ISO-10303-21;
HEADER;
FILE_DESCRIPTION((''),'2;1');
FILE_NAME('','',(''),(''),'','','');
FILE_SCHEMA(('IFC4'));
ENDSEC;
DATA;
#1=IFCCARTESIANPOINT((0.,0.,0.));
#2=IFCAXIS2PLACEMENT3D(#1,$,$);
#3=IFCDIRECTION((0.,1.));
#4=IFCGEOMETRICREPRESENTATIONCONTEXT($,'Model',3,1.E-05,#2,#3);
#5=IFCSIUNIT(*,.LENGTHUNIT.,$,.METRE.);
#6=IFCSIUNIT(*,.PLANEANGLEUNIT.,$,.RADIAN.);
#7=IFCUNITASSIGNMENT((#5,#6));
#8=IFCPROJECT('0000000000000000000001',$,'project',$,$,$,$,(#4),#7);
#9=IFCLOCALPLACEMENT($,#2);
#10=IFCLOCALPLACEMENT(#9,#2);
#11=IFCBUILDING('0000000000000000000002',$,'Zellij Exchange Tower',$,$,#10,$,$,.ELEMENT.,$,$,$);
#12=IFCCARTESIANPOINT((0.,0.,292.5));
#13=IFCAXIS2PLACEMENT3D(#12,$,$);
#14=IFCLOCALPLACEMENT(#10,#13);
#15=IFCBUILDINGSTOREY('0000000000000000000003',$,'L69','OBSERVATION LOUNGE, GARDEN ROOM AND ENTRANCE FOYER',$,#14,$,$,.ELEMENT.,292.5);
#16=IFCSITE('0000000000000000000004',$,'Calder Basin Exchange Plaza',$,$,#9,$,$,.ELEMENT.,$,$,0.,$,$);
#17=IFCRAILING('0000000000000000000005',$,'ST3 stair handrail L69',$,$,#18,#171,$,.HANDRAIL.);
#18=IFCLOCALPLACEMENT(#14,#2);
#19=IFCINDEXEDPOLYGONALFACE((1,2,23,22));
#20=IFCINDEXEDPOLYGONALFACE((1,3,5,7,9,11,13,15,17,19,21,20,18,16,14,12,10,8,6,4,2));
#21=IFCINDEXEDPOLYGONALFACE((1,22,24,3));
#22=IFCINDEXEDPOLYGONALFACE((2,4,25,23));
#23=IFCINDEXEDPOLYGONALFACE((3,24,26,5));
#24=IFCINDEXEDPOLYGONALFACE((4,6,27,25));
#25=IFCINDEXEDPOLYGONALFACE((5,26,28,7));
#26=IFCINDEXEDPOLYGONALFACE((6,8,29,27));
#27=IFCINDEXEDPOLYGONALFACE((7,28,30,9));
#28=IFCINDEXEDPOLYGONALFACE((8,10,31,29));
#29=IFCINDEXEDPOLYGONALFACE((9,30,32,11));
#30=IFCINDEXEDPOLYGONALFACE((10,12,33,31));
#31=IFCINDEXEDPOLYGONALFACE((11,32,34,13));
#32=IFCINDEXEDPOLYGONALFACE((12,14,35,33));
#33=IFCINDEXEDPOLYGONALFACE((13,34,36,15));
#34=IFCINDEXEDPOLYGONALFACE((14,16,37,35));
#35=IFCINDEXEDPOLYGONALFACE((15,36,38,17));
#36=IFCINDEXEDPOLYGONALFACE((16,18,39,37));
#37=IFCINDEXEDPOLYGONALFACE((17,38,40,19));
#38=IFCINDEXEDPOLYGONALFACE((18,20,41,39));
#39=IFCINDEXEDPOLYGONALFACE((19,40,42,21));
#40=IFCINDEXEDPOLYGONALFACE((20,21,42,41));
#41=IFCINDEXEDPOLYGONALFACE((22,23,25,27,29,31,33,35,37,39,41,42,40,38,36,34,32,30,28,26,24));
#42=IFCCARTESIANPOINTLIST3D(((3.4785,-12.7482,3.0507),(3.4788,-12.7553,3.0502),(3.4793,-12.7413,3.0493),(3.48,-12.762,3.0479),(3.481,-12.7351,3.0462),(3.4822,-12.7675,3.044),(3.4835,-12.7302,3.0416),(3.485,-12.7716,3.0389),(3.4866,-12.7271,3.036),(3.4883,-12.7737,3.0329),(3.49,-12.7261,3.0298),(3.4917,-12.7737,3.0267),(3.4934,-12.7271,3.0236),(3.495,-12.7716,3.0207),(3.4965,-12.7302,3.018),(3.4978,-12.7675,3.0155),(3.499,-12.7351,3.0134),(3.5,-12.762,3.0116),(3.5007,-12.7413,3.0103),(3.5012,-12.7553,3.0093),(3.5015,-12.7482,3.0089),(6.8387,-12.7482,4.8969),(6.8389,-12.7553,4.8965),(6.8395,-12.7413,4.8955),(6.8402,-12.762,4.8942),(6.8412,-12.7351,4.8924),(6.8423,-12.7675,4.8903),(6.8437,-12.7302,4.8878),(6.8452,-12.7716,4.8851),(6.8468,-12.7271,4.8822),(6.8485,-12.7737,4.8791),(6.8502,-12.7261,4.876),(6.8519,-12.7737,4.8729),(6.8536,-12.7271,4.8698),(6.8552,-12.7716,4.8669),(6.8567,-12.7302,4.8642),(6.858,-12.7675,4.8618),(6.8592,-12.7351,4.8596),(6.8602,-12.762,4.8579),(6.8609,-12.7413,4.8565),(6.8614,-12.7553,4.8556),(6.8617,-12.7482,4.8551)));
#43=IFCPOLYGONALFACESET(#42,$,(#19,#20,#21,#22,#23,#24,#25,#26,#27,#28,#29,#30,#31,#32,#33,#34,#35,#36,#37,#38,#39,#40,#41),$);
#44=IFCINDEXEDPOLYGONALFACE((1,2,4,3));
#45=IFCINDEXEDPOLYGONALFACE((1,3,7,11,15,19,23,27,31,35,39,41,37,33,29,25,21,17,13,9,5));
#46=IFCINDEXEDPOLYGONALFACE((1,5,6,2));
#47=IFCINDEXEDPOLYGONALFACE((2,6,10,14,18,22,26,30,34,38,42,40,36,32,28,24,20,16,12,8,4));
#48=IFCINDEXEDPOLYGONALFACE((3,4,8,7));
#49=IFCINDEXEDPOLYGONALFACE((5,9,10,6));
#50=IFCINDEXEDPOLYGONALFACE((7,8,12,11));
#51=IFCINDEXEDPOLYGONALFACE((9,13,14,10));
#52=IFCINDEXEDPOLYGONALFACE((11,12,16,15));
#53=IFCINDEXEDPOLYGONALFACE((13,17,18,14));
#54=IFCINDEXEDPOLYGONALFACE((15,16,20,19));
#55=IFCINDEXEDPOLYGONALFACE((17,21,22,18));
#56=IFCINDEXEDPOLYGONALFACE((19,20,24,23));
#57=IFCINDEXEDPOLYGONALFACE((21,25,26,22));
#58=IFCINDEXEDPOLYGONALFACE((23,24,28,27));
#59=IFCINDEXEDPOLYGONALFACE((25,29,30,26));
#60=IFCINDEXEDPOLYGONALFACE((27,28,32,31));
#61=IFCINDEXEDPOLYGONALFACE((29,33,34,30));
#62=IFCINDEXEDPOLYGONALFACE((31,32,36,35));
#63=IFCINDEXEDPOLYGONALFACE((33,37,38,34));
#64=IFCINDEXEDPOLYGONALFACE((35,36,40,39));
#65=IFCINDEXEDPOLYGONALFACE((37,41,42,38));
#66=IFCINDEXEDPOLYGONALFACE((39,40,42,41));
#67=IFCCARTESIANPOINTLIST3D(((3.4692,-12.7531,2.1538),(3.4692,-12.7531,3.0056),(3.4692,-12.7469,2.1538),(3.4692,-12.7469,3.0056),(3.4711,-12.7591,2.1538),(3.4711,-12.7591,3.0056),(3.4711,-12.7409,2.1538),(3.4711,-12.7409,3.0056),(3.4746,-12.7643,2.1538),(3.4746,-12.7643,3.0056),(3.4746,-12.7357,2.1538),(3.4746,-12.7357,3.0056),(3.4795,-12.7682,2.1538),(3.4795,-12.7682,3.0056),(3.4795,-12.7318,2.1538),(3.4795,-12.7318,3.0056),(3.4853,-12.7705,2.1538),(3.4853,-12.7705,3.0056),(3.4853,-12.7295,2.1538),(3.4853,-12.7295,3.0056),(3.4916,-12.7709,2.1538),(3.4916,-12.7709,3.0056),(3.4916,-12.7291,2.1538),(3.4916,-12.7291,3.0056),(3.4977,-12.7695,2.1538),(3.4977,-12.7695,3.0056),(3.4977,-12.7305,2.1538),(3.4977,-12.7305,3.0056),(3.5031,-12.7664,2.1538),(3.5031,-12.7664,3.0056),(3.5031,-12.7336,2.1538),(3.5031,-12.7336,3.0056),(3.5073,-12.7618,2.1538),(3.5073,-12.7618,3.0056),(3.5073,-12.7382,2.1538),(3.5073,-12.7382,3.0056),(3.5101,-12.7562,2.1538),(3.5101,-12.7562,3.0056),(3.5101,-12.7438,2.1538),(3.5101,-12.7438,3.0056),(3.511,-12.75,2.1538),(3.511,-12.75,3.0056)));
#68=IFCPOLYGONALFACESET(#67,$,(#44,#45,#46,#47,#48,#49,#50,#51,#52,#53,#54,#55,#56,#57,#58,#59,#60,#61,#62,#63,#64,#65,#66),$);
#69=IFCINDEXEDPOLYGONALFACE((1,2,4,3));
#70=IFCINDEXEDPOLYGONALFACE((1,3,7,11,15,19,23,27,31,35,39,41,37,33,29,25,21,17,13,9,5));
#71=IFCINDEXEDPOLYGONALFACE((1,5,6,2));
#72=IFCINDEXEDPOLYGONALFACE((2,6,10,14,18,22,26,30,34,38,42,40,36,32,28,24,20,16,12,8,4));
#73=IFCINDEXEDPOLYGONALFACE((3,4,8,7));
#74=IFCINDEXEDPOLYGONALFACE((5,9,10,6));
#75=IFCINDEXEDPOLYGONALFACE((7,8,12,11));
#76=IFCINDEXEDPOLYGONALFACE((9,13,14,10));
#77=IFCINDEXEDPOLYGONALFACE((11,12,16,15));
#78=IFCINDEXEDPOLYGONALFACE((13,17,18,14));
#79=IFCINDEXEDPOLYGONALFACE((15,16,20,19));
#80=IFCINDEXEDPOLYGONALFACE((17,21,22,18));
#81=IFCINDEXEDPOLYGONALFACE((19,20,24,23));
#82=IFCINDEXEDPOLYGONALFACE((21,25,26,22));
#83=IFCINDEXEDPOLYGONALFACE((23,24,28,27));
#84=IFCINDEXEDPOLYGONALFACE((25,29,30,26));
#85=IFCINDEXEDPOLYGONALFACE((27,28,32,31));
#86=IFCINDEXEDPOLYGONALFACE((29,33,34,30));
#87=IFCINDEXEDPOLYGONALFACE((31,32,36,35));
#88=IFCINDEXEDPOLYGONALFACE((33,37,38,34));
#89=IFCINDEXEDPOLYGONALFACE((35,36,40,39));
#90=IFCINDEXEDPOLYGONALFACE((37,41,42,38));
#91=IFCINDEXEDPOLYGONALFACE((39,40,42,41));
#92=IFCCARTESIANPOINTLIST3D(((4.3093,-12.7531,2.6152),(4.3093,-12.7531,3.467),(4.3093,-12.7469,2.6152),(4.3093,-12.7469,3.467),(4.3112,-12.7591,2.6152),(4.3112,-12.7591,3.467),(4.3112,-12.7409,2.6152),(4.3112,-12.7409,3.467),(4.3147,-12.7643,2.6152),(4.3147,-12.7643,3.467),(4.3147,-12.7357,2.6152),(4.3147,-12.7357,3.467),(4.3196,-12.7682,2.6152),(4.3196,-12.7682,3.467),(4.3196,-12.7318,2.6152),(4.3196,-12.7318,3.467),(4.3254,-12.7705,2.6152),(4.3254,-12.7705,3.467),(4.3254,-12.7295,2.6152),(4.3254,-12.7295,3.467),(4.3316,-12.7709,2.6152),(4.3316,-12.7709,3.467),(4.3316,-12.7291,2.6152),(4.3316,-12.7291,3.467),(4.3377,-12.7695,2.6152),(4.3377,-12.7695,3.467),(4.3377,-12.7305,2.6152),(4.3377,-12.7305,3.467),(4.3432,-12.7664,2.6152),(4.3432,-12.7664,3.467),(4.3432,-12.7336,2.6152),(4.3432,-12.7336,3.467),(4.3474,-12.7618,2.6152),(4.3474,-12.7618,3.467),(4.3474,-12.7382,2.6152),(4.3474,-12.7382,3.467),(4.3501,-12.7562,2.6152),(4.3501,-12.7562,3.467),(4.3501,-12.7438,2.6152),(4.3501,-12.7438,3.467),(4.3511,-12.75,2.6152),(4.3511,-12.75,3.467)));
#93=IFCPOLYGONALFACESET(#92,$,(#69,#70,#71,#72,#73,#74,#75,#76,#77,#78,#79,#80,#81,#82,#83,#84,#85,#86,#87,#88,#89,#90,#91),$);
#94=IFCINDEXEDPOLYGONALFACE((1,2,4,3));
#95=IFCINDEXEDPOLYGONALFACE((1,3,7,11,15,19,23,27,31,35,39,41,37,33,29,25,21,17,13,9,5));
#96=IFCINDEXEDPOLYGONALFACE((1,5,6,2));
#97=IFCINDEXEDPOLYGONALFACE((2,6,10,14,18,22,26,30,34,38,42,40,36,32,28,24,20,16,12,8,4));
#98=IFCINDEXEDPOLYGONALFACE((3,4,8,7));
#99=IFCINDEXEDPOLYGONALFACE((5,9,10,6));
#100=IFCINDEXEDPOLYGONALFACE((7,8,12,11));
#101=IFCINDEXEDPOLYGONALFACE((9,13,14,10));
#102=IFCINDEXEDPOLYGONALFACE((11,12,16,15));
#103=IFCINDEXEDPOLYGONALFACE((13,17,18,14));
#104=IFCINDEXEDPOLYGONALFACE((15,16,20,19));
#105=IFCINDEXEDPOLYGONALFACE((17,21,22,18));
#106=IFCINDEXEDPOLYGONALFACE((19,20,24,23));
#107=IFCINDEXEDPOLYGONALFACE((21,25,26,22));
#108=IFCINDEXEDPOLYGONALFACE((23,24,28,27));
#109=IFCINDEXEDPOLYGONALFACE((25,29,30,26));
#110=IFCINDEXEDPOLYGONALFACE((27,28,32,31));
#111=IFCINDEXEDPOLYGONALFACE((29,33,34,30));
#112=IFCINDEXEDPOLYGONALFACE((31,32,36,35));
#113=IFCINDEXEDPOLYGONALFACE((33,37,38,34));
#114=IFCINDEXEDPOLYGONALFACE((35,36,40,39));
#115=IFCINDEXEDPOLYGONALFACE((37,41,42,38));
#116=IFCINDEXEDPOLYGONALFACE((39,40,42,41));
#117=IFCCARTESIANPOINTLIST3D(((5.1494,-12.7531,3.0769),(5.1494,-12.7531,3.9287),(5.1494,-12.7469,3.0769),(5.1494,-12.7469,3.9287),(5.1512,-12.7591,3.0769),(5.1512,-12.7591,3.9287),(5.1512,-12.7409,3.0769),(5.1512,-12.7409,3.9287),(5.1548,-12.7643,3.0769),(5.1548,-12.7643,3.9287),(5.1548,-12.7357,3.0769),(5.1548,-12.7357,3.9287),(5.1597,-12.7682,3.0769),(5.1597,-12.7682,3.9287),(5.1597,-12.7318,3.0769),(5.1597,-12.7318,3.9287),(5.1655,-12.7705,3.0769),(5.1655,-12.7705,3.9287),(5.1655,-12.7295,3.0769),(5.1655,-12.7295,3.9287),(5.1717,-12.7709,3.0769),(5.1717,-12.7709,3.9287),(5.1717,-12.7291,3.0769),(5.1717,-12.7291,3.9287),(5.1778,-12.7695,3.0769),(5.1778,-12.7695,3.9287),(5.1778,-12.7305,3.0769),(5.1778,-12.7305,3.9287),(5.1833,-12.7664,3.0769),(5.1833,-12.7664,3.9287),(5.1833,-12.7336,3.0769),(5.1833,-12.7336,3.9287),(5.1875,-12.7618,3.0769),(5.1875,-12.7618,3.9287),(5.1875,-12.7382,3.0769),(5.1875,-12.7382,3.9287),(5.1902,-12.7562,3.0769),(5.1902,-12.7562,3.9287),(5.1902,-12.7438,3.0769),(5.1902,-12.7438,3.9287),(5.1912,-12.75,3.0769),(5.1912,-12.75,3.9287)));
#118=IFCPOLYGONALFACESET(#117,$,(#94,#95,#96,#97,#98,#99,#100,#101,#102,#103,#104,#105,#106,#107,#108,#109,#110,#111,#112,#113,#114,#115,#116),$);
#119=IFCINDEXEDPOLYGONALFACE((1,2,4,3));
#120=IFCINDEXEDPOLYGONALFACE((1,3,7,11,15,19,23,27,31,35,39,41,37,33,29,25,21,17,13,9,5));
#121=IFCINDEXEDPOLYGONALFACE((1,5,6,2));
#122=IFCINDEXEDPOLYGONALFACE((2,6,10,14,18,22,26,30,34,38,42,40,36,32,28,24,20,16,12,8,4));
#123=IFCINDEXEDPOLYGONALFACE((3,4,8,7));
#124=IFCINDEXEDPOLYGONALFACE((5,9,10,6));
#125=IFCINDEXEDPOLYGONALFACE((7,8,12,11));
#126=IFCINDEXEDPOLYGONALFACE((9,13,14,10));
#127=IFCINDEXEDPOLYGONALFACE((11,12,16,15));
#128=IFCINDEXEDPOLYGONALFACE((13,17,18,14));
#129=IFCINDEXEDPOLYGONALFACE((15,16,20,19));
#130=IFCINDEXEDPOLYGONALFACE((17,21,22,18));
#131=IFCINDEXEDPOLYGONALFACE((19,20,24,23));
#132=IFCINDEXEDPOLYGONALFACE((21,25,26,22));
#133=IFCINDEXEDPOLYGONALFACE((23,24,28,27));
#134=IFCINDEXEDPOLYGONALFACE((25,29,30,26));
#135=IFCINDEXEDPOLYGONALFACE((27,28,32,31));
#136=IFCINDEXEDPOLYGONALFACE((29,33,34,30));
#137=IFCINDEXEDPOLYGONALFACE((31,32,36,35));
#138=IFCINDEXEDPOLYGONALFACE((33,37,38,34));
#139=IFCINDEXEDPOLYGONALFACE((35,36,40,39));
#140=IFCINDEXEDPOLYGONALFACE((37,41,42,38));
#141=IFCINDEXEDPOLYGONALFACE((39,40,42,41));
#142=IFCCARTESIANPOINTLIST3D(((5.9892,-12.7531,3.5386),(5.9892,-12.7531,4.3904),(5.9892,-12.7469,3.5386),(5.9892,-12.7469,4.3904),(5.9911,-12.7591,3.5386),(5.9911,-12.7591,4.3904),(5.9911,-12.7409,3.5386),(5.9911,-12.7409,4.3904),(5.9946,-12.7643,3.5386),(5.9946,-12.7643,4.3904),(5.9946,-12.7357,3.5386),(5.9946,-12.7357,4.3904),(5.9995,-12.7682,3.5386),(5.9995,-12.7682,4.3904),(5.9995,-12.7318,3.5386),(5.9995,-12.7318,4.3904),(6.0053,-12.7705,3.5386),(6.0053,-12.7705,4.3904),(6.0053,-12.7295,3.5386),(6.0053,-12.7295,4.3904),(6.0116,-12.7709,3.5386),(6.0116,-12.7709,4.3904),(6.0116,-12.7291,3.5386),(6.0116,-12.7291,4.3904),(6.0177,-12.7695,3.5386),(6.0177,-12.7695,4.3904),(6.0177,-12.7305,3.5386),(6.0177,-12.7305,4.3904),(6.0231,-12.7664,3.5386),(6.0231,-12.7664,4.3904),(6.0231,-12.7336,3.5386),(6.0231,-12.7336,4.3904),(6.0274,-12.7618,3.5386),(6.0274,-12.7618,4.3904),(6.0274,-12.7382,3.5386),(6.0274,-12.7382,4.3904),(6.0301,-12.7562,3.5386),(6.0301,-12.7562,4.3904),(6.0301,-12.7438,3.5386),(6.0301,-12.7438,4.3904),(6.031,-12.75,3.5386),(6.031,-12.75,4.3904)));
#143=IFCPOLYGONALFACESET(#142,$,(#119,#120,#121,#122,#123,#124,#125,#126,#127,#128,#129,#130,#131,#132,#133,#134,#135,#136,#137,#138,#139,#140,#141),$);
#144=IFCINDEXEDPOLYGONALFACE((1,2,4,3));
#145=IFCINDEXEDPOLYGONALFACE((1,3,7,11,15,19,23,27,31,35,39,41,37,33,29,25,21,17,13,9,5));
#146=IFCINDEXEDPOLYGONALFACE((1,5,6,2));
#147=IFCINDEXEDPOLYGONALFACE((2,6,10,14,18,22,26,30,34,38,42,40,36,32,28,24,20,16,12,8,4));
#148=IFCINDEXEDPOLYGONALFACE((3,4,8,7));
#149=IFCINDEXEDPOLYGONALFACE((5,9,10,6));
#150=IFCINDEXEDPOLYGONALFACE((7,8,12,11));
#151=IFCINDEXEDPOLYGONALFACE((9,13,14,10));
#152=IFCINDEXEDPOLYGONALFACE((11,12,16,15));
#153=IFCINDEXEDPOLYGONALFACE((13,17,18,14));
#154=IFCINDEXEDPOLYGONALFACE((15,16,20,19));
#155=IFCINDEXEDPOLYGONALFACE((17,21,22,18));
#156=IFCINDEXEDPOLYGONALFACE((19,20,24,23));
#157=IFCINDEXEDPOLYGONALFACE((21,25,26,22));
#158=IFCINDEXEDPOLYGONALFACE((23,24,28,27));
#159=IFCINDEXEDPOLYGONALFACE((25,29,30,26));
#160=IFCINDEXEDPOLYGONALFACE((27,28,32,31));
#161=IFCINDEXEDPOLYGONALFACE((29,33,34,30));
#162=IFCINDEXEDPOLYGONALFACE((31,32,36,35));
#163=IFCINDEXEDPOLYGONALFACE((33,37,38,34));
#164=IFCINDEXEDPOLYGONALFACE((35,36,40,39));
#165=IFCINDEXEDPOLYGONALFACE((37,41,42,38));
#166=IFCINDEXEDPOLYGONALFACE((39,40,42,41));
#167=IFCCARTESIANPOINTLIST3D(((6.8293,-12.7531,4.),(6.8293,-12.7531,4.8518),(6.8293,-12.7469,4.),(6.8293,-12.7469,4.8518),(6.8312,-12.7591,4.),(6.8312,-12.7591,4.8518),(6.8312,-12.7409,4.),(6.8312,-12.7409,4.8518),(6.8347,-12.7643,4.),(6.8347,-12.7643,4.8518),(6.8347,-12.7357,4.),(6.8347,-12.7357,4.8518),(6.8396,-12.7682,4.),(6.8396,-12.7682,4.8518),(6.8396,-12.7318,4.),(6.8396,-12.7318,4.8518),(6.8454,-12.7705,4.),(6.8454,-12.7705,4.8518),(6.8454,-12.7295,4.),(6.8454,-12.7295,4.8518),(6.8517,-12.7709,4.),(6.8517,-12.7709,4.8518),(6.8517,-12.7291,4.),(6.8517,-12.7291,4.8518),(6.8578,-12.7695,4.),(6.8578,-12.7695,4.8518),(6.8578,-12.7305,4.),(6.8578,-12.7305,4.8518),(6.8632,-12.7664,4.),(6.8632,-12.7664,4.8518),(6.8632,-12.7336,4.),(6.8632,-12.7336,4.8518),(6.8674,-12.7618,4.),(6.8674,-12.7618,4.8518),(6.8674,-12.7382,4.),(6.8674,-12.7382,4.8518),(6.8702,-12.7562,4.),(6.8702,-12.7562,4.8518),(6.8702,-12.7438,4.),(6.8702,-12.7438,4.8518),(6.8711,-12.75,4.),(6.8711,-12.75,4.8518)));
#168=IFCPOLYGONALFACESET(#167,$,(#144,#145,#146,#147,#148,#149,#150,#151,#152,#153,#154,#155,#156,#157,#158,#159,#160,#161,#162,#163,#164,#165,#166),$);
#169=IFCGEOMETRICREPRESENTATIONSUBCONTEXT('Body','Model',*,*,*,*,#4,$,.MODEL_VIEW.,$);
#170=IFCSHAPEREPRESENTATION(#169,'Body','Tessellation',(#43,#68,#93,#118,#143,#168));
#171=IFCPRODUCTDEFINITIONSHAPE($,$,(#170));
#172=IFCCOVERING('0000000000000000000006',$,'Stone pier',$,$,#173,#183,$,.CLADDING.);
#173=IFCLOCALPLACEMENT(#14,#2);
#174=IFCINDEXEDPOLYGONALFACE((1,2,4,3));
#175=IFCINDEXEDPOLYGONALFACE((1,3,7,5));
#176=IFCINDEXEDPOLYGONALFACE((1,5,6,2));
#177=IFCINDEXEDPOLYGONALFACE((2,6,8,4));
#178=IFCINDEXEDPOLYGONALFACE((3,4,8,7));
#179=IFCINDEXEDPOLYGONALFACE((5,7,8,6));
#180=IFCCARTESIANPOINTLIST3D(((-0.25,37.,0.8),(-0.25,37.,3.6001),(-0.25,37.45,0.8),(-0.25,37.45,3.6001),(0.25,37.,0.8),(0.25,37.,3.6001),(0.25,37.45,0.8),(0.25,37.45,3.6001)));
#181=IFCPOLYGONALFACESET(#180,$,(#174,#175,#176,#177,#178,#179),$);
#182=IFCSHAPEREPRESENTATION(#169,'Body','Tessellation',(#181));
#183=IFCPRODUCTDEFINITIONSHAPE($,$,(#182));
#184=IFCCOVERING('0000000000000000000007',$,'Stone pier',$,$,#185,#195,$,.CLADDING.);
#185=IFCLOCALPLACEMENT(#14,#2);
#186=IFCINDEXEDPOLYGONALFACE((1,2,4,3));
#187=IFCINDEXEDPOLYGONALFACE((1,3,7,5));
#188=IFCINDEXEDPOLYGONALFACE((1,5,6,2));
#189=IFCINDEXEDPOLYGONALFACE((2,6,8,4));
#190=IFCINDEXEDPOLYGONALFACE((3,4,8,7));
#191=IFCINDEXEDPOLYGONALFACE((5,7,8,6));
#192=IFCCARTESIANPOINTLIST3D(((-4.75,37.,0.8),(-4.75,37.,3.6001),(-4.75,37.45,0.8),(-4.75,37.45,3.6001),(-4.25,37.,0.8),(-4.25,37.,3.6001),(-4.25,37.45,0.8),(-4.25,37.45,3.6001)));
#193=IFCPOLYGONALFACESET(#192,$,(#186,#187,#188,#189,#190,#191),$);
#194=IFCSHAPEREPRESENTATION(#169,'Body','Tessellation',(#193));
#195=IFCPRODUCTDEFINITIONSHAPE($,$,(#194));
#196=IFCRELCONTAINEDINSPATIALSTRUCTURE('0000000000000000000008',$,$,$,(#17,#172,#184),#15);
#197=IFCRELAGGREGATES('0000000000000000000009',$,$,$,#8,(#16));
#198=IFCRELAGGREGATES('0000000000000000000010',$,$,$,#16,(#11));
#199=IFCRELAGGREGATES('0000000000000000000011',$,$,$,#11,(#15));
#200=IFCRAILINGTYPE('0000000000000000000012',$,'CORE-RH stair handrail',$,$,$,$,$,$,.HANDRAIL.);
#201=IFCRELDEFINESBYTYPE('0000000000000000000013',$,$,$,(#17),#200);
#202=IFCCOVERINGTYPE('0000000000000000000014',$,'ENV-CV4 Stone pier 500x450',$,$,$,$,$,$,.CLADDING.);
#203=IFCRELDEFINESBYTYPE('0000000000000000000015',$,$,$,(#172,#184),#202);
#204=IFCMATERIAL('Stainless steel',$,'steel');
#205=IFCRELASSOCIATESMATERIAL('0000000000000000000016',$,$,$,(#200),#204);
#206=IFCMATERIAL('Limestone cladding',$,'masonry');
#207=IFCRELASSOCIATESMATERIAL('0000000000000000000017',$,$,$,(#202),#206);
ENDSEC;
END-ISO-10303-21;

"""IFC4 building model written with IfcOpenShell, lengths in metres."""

from ifc_helpers import new_model, si_unit, direction, frame, origin, origin_2d, place, context, subcontext, project, spatial, polyline, circle, outline, extrude, material, type_object, element, save


model = new_model("IFC4")

# Units and contexts
model_context = context("Model", 3, precision=1e-05, world=origin(), true_north=direction((0.0, 1.0)))
body_context = subcontext(model_context, "Body", "Model", "MODEL_VIEW")
ifc_project = project(units=[si_unit("LENGTHUNIT", "METRE"), si_unit("PLANEANGLEUNIT", "RADIAN")], contexts=[model_context])

# Site, building, storey
site_placement = place(None, origin())
site = spatial("IfcSite", under=ifc_project, at=site_placement, Name="Calder Basin Exchange Plaza", CompositionType="ELEMENT", RefElevation=0.0)
building_placement = place(site_placement, origin())
building = spatial("IfcBuilding", under=site, at=building_placement, Name="Zellij Exchange Tower", CompositionType="ELEMENT")
storey_placement = place(building_placement, frame((0.0, 0.0, 292.5)))
storey = spatial("IfcBuildingStorey", under=building, at=storey_placement, Name="L69", Description="OBSERVATION LOUNGE, GARDEN ROOM AND ENTRANCE FOYER", CompositionType="ELEMENT", Elevation=292.5)

# Railing
ifc_material_1 = material(Name="Stainless steel", Category="steel")
railing_type_1 = type_object("IfcRailingType", Name="CORE-RH stair handrail", PredefinedType="HANDRAIL", material=ifc_material_1)
railing_1_placement = place(storey_placement, frame((3.49, -12.75, 2.1538)))
element("IfcRailing", 1, at=railing_1_placement, inside=storey, type_object=railing_type_1, Name="ST3 stair handrail L69", PredefinedType="HANDRAIL", context=body_context, shape_type="SweptSolid", body=[
    extrude(circle(Radius=0.0239, at=origin_2d()), frame((0.0, 0.0, 0.876), z_axis=(0.876422, 0.0, 0.481545), x_axis=(0.0, 1.0, 0.0)), (0.0, 0.0, 1.0), 3.834),
    extrude(circle(Radius=0.021, at=origin_2d()), origin(), (0.0, 0.0, 1.0), 0.8518),
    extrude(circle(Radius=0.021, at=origin_2d()), frame((0.8401, 0.0, 0.4614)), (0.0, 0.0, 1.0), 0.8518),
    extrude(circle(Radius=0.021, at=origin_2d()), frame((1.6802, 0.0, 0.9231)), (0.0, 0.0, 1.0), 0.8518),
    extrude(circle(Radius=0.021, at=origin_2d()), frame((2.52, 0.0, 1.3848)), (0.0, 0.0, 1.0), 0.8518),
    extrude(circle(Radius=0.021, at=origin_2d()), frame((3.3601, 0.0, 1.8462)), (0.0, 0.0, 1.0), 0.8518),
])

# Coverings
ifc_material_2 = material(Name="Limestone cladding", Category="masonry")
covering_type = type_object("IfcCoveringType", Name="ENV-CV4 Stone pier 500x450", PredefinedType="CLADDING", material=ifc_material_2)
covering_1_placement = place(storey_placement, frame((0.0, 0.0, 0.8)))
element("IfcCovering", 2, at=covering_1_placement, inside=storey, type_object=covering_type, Name="Stone pier", PredefinedType="CLADDING", context=body_context, shape_type="SweptSolid", body=[
    extrude(outline(polyline([(0.25, 37.0), (-0.25, 37.0), (-0.25, 37.45), (0.25, 37.45), (0.25, 37.0)])), origin(), (0.0, 0.0, 1.0), 2.8),
])
covering_2_placement = place(storey_placement, frame((0.0, 0.0, 0.8)))
element("IfcCovering", 3, at=covering_2_placement, inside=storey, type_object=covering_type, Name="Stone pier", PredefinedType="CLADDING", context=body_context, shape_type="SweptSolid", body=[
    extrude(outline(polyline([(-4.25, 37.0), (-4.75, 37.0), (-4.75, 37.45), (-4.25, 37.45), (-4.25, 37.0)])), origin(), (0.0, 0.0, 1.0), 2.8),
])

save(model, "model.ifc")
